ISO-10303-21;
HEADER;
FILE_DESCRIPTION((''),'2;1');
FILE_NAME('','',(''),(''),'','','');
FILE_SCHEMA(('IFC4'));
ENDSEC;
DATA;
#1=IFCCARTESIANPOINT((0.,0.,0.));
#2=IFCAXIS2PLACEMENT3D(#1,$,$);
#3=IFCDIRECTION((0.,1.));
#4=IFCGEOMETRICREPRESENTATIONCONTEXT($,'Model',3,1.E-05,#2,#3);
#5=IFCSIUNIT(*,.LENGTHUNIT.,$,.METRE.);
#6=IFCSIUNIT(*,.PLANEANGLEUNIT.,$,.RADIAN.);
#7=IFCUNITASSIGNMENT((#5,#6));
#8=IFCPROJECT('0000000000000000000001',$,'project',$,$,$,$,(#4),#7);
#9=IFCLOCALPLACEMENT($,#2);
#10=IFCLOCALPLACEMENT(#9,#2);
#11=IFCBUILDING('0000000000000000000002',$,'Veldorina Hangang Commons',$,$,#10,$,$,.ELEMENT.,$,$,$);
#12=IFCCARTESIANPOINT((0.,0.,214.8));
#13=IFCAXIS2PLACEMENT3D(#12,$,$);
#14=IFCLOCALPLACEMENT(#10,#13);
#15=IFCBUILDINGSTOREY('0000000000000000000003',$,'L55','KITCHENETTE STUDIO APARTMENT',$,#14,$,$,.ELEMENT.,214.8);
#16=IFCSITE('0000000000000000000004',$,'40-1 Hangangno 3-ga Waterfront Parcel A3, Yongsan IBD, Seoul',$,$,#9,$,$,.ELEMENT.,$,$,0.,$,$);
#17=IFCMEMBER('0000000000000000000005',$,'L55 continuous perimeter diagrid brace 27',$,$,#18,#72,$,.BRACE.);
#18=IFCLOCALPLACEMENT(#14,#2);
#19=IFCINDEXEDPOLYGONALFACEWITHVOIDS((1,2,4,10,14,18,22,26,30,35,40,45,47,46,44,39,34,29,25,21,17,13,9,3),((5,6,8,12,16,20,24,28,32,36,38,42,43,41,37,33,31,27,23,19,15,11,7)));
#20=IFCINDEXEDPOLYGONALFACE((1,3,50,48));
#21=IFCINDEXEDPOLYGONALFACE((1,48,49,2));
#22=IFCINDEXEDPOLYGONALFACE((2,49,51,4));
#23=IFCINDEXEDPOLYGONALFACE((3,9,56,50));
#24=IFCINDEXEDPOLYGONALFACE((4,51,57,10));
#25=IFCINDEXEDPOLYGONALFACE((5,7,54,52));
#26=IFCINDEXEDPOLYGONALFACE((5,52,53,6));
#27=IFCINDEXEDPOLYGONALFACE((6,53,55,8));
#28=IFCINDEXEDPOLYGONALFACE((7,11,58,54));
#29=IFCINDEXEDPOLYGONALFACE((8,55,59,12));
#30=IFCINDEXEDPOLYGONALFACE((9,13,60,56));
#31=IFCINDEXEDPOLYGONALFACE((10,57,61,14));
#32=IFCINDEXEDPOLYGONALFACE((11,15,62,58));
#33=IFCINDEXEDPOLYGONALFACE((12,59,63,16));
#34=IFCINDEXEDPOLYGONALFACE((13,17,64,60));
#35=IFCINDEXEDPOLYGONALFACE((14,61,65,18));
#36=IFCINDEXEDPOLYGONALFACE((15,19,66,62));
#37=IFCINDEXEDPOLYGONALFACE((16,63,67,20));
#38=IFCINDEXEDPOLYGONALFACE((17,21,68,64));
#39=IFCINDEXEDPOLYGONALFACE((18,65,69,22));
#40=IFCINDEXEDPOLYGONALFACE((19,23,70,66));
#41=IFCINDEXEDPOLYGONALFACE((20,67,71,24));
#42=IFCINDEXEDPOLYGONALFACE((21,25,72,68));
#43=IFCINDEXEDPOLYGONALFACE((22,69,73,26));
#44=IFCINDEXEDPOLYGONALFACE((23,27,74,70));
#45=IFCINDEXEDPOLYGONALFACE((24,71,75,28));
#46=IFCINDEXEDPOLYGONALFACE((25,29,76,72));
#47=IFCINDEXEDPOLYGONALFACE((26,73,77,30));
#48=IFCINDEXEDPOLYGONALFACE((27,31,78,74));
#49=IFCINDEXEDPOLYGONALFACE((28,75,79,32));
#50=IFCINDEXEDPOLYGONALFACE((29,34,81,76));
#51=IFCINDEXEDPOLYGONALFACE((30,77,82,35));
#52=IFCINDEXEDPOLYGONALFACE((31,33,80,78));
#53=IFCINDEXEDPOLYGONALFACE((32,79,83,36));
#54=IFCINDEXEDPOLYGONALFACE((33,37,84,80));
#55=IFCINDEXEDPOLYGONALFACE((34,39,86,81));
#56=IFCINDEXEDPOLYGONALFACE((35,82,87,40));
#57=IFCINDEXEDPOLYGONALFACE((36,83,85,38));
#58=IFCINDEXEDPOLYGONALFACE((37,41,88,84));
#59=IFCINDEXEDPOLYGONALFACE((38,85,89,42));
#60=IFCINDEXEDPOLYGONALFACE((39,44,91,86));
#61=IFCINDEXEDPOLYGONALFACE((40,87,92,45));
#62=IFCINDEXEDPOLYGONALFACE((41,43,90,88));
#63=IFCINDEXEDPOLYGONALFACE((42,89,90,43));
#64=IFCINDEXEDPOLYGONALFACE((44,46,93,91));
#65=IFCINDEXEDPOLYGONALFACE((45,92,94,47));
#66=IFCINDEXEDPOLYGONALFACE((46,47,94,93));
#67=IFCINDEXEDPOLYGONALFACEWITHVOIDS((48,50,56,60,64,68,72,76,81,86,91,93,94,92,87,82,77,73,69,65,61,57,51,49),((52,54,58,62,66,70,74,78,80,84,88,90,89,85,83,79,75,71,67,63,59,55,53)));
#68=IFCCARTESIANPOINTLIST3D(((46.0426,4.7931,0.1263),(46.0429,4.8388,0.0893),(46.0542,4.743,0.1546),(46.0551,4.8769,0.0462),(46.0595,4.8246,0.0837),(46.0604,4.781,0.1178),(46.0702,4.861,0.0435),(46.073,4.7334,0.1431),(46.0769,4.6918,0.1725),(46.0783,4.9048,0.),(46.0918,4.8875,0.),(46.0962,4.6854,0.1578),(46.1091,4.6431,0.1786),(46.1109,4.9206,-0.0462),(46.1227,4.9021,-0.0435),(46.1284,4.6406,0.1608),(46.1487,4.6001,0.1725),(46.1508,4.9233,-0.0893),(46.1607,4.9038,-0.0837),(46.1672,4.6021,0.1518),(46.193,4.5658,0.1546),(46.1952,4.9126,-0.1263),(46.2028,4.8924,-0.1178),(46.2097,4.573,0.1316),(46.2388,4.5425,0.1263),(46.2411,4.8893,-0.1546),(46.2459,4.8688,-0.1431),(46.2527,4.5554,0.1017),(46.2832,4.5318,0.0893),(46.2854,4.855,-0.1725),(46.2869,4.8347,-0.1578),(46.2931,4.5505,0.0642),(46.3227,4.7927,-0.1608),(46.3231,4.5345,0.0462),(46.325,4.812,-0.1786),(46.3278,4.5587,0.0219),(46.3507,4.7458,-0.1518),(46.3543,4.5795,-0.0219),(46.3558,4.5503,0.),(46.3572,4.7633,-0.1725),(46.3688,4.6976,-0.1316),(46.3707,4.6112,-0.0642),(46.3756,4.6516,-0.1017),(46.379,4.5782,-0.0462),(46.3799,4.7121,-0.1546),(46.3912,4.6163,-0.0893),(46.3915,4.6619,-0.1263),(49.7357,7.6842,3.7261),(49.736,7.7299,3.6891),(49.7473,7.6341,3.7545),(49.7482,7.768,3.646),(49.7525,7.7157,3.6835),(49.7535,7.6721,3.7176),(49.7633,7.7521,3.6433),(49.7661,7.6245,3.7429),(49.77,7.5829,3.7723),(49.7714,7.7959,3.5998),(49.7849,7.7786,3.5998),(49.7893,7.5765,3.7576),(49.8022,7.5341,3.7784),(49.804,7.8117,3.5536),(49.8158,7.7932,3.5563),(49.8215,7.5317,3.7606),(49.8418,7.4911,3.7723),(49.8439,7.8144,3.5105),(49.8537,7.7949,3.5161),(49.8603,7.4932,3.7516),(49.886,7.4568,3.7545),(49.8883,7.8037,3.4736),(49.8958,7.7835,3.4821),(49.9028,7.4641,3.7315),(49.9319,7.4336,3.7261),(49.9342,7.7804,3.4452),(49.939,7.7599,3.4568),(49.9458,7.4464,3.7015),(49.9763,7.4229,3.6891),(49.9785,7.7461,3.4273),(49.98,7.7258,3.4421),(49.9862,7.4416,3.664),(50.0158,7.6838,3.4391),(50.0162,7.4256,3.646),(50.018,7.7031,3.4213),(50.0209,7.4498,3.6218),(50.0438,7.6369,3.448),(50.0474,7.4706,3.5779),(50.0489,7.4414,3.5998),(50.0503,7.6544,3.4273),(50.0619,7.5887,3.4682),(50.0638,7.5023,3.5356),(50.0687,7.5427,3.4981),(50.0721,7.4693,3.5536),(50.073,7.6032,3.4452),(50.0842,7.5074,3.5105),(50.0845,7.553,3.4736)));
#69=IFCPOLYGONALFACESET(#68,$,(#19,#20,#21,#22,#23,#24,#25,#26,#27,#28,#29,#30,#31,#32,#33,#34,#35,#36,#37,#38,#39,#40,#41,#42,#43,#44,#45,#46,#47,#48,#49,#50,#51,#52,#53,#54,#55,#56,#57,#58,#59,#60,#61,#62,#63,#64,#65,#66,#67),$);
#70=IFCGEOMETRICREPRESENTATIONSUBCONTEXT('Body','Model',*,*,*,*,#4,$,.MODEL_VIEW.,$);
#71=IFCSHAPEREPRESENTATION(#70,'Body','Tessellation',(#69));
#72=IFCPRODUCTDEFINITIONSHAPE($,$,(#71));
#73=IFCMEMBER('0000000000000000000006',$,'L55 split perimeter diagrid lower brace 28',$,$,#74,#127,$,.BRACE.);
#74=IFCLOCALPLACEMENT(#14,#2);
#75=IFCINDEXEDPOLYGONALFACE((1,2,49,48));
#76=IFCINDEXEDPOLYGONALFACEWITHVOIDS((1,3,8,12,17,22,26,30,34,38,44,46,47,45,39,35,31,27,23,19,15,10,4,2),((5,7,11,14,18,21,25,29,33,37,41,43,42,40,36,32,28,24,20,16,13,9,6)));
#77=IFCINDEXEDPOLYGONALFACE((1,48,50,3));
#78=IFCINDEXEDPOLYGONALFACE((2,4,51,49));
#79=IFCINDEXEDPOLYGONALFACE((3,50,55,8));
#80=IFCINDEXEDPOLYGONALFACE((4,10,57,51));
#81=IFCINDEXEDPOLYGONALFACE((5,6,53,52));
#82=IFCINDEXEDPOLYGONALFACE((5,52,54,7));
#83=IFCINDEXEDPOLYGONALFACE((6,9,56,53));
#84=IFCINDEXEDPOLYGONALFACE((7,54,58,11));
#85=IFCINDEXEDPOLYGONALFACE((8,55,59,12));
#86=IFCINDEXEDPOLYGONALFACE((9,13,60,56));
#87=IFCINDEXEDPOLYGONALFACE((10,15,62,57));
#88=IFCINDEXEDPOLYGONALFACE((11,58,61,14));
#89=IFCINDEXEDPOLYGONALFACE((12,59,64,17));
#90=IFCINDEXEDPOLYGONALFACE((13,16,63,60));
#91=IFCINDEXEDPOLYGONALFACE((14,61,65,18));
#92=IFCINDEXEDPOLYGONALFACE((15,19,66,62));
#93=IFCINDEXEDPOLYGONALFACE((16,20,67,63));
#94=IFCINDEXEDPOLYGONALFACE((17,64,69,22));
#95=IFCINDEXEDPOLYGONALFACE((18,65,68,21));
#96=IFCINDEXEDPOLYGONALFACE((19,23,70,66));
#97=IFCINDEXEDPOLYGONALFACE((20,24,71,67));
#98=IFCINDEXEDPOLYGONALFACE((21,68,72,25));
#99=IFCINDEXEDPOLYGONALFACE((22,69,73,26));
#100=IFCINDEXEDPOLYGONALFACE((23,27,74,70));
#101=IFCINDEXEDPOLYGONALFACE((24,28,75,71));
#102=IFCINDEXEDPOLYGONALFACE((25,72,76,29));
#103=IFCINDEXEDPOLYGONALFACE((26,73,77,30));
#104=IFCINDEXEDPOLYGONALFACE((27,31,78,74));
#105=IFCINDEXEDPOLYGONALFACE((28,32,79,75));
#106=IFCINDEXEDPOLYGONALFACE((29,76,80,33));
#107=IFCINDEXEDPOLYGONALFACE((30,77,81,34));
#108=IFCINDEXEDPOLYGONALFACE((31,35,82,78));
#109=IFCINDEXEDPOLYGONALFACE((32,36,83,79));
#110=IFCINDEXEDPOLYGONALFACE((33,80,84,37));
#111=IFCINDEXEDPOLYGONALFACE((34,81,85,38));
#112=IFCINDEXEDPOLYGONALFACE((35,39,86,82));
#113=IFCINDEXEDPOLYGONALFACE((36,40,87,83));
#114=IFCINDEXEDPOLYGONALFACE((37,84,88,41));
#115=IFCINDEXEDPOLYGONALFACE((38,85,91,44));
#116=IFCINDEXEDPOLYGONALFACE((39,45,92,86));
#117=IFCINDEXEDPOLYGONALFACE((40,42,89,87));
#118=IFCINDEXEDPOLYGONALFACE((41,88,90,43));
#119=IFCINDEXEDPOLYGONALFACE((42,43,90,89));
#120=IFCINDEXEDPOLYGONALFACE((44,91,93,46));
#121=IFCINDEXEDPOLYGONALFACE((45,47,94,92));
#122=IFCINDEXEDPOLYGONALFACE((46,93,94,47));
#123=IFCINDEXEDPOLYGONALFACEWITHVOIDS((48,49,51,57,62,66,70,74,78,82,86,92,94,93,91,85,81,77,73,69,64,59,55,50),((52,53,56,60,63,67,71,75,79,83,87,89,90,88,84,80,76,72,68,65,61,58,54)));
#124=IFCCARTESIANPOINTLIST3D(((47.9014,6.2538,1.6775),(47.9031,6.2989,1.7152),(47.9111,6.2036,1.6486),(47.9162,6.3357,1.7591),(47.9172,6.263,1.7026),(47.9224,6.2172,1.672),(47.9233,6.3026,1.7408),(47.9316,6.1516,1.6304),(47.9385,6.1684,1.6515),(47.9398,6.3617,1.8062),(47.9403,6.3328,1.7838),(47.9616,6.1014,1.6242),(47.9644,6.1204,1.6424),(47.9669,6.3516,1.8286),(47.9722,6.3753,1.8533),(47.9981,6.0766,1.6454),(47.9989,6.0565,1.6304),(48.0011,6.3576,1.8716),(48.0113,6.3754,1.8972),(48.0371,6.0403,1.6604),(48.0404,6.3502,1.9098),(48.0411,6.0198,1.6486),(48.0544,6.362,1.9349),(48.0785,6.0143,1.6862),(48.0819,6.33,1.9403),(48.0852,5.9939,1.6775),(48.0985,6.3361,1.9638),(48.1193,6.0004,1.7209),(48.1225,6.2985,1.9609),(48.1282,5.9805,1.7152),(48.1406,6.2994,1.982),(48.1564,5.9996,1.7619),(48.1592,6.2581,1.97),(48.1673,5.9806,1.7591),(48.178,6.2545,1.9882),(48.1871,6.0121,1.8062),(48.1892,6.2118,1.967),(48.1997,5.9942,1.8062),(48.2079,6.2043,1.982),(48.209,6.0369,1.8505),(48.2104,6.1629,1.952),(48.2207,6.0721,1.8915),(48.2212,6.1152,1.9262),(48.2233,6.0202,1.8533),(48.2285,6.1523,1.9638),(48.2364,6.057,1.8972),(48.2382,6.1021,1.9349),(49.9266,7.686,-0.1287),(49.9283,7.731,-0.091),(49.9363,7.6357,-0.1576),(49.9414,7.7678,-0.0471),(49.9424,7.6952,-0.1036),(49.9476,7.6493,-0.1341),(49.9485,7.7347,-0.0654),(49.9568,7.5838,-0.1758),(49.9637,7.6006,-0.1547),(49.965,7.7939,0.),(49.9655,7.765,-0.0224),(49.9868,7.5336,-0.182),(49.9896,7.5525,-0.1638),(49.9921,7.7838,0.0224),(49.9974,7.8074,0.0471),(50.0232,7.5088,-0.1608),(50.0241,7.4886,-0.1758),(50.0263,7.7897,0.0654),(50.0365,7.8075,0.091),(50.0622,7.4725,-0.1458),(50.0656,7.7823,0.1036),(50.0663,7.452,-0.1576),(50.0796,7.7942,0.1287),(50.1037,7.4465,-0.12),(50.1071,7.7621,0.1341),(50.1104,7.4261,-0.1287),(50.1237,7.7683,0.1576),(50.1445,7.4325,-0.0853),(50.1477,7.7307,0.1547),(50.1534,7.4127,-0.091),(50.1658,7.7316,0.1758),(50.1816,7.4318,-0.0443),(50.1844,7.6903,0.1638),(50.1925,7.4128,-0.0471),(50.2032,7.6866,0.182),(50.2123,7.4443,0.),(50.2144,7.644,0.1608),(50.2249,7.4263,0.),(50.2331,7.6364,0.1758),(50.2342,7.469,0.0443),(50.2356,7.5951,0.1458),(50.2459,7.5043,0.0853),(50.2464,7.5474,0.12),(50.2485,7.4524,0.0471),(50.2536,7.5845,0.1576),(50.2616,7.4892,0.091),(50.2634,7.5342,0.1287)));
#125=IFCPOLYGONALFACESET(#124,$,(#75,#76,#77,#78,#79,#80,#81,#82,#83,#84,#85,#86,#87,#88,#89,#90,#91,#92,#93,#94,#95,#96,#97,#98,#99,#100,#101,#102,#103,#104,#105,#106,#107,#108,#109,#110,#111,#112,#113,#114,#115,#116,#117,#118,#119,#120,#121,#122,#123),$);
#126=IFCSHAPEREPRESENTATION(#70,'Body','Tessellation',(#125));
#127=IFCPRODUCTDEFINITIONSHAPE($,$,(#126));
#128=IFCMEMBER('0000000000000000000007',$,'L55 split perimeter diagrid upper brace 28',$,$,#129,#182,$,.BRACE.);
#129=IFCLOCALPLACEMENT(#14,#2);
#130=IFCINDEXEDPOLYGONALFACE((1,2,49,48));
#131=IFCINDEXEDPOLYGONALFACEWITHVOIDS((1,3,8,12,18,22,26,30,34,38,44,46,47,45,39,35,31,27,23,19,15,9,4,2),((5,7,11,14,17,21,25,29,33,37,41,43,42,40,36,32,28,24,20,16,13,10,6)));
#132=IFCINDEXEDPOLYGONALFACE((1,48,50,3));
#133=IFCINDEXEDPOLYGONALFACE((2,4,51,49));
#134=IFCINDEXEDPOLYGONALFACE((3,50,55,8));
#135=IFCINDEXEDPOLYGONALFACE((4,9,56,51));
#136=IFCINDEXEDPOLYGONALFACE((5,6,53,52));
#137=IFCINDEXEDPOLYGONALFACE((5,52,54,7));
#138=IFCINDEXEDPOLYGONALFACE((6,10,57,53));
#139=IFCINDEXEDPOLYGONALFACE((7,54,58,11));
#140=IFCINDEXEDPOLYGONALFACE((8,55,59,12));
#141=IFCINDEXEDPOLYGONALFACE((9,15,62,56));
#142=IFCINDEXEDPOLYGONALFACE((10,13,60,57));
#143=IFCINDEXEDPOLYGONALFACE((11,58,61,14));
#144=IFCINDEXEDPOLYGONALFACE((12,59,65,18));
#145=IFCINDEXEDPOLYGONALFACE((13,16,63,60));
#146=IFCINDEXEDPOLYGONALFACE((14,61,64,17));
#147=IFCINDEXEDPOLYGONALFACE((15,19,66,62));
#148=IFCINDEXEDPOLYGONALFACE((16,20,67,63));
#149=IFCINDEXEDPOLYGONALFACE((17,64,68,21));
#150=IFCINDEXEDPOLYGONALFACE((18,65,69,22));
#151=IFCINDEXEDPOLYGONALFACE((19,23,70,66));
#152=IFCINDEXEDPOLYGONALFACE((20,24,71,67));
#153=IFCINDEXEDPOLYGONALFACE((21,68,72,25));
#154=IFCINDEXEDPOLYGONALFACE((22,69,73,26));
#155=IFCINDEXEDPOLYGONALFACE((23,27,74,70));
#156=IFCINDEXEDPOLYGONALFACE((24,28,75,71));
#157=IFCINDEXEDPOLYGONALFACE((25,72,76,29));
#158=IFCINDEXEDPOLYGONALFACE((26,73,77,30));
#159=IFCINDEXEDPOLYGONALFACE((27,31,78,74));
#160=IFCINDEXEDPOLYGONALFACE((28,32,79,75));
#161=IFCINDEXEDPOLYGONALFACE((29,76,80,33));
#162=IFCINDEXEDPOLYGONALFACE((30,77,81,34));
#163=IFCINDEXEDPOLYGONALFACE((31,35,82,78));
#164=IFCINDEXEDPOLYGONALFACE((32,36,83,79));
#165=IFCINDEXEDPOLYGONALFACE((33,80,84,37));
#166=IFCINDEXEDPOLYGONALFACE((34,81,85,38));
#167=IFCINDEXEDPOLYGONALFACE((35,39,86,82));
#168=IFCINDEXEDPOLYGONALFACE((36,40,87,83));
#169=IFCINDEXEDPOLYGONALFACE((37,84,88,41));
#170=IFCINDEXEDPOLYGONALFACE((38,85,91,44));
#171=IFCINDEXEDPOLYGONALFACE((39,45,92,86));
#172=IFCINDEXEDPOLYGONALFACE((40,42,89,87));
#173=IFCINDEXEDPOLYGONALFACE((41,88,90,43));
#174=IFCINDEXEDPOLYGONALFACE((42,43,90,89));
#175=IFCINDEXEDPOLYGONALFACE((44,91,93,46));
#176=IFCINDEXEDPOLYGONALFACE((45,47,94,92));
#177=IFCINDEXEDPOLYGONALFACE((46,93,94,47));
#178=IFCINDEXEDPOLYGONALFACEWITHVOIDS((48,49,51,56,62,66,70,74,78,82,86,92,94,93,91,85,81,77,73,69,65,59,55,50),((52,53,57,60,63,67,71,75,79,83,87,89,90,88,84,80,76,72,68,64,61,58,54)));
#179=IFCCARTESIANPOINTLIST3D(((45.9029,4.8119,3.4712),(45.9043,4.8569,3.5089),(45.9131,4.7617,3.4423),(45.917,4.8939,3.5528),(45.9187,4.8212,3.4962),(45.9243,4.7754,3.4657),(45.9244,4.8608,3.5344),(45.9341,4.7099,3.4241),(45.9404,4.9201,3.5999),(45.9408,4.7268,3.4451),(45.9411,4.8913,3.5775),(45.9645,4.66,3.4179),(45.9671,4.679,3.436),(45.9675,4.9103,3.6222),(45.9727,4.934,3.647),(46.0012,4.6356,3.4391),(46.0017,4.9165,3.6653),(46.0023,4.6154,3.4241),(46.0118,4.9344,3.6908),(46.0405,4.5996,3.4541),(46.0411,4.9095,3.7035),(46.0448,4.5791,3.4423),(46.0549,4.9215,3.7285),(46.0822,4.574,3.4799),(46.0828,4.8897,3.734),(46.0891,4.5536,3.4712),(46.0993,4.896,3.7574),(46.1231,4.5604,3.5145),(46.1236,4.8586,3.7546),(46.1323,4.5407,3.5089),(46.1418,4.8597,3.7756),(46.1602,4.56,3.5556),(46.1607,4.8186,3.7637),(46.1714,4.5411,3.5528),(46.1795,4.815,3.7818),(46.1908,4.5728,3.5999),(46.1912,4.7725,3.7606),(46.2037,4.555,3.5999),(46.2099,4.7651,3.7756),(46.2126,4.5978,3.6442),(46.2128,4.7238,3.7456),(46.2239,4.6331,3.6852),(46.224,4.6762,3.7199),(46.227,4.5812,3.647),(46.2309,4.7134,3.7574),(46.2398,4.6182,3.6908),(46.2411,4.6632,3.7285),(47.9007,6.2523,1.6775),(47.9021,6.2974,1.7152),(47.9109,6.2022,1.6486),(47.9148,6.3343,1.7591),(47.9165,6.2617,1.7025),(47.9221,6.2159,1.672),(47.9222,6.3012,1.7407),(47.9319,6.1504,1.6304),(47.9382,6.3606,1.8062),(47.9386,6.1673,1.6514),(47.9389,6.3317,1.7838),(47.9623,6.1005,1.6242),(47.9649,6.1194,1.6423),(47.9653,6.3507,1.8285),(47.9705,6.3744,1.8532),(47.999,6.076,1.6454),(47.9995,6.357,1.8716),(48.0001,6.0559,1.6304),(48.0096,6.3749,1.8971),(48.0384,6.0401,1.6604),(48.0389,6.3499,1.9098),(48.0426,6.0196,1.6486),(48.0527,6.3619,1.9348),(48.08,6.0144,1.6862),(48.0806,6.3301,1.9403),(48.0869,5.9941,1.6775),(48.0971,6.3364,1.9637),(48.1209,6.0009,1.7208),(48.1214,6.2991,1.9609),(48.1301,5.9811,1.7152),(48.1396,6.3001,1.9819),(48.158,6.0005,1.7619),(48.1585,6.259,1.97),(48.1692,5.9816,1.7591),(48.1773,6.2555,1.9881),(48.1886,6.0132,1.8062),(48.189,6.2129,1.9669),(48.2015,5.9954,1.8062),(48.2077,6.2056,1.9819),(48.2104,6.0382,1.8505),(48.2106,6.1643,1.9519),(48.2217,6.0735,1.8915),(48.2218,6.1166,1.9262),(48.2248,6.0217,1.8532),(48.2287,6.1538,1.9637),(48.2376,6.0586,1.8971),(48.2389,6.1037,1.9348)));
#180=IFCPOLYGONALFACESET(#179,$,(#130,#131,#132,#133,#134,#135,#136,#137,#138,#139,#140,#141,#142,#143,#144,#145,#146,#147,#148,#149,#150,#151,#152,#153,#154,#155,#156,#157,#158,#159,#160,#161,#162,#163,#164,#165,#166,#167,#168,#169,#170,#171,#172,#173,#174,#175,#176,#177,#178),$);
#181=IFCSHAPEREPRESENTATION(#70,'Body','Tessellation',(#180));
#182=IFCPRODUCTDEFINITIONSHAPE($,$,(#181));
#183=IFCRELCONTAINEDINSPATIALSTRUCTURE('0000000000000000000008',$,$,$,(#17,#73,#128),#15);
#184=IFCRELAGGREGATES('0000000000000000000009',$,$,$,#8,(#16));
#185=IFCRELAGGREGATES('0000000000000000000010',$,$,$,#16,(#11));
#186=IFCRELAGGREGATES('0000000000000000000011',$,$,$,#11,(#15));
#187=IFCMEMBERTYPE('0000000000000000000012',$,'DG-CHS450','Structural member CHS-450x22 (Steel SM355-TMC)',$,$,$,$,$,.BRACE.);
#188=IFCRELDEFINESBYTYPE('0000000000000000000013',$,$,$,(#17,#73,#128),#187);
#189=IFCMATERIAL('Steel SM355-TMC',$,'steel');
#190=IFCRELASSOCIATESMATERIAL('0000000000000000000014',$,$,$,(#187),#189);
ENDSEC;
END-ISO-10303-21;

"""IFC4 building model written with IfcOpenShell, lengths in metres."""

from ifc_helpers import new_model, si_unit, direction, frame, origin, origin_2d, place, context, subcontext, project, spatial, hollow_circle, extrude, material, material_profile, profile_set, type_object, element, save


model = new_model("IFC4")

# Units and contexts
model_context = context("Model", 3, precision=1e-05, world=origin(), true_north=direction((0.0, 1.0)))
body_context = subcontext(model_context, "Body", "Model", "MODEL_VIEW")
ifc_project = project(units=[si_unit("LENGTHUNIT", "METRE"), si_unit("PLANEANGLEUNIT", "RADIAN")], contexts=[model_context])

# Site, building, storey
site_placement = place(None, origin())
site = spatial("IfcSite", under=ifc_project, at=site_placement, Name="40-1 Hangangno 3-ga Waterfront Parcel A3, Yongsan IBD, Seoul", CompositionType="ELEMENT", RefElevation=0.0)
building_placement = place(site_placement, origin())
building = spatial("IfcBuilding", under=site, at=building_placement, Name="Veldorina Hangang Commons", CompositionType="ELEMENT")
storey_placement = place(building_placement, frame((0.0, 0.0, 214.8)))
storey = spatial("IfcBuildingStorey", under=building, at=storey_placement, Name="L55", Description="KITCHENETTE STUDIO APARTMENT", CompositionType="ELEMENT", Elevation=214.8)

# Shared definitions
ifc_material_1 = material(Name="Steel SM355-TMC", Category="steel")

# Members
ifc_material_profile_1 = material_profile(ifc_material_1, hollow_circle(Radius=0.2251, WallThickness=0.022, at=origin_2d()), Name="CHS-450x22")
ifc_profile_set_1 = profile_set([ifc_material_profile_1], Name="Steel SM355-TMC")
member_type_1 = type_object("IfcMemberType", Name="DG-CHS450", Description="Structural member CHS-450x22 (Steel SM355-TMC)", PredefinedType="BRACE", material=ifc_profile_set_1)
member_1_placement = place(storey_placement, frame((46.217, 4.7275, 0.0), z_axis=(0.624638, 0.488991, 0.608864), x_axis=(-0.616421, 0.787417, 0.0)))
element("IfcMember", 1, at=member_1_placement, inside=storey, type_object=member_type_1, Name="L55 continuous perimeter diagrid brace 27", PredefinedType="BRACE", context=body_context, shape_type="SweptSolid", body=[
    extrude(hollow_circle(Radius=0.2251, WallThickness=0.022, at=origin_2d()), origin(), (0.0, 0.0, 1.0), 5.9124),
])
member_2_placement = place(storey_placement, frame((50.095, 7.6101, 0.0), z_axis=(-0.660025, -0.466752, 0.588651), x_axis=(0.577386, -0.816471, 0.0)))
element("IfcMember", 2, at=member_2_placement, inside=storey, type_object=member_type_1, Name="L55 split perimeter diagrid lower brace 28", PredefinedType="BRACE", context=body_context, shape_type="SweptSolid", body=[
    extrude(hollow_circle(Radius=0.2251, WallThickness=0.022, at=origin_2d()), origin(), (0.0, 0.0, 1.0), 3.0684),
])
member_3_placement = place(storey_placement, frame((48.0698, 6.178, 1.8062), z_axis=(-0.65569, -0.472757, 0.588703), x_axis=(0.584843, -0.811147, 0.0)))
element("IfcMember", 3, at=member_3_placement, inside=storey, type_object=member_type_1, Name="L55 split perimeter diagrid upper brace 28", PredefinedType="BRACE", context=body_context, shape_type="SweptSolid", body=[
    extrude(hollow_circle(Radius=0.2251, WallThickness=0.022, at=origin_2d()), origin(), (0.0, 0.0, 1.0), 3.0469),
])

save(model, "model.ifc")
